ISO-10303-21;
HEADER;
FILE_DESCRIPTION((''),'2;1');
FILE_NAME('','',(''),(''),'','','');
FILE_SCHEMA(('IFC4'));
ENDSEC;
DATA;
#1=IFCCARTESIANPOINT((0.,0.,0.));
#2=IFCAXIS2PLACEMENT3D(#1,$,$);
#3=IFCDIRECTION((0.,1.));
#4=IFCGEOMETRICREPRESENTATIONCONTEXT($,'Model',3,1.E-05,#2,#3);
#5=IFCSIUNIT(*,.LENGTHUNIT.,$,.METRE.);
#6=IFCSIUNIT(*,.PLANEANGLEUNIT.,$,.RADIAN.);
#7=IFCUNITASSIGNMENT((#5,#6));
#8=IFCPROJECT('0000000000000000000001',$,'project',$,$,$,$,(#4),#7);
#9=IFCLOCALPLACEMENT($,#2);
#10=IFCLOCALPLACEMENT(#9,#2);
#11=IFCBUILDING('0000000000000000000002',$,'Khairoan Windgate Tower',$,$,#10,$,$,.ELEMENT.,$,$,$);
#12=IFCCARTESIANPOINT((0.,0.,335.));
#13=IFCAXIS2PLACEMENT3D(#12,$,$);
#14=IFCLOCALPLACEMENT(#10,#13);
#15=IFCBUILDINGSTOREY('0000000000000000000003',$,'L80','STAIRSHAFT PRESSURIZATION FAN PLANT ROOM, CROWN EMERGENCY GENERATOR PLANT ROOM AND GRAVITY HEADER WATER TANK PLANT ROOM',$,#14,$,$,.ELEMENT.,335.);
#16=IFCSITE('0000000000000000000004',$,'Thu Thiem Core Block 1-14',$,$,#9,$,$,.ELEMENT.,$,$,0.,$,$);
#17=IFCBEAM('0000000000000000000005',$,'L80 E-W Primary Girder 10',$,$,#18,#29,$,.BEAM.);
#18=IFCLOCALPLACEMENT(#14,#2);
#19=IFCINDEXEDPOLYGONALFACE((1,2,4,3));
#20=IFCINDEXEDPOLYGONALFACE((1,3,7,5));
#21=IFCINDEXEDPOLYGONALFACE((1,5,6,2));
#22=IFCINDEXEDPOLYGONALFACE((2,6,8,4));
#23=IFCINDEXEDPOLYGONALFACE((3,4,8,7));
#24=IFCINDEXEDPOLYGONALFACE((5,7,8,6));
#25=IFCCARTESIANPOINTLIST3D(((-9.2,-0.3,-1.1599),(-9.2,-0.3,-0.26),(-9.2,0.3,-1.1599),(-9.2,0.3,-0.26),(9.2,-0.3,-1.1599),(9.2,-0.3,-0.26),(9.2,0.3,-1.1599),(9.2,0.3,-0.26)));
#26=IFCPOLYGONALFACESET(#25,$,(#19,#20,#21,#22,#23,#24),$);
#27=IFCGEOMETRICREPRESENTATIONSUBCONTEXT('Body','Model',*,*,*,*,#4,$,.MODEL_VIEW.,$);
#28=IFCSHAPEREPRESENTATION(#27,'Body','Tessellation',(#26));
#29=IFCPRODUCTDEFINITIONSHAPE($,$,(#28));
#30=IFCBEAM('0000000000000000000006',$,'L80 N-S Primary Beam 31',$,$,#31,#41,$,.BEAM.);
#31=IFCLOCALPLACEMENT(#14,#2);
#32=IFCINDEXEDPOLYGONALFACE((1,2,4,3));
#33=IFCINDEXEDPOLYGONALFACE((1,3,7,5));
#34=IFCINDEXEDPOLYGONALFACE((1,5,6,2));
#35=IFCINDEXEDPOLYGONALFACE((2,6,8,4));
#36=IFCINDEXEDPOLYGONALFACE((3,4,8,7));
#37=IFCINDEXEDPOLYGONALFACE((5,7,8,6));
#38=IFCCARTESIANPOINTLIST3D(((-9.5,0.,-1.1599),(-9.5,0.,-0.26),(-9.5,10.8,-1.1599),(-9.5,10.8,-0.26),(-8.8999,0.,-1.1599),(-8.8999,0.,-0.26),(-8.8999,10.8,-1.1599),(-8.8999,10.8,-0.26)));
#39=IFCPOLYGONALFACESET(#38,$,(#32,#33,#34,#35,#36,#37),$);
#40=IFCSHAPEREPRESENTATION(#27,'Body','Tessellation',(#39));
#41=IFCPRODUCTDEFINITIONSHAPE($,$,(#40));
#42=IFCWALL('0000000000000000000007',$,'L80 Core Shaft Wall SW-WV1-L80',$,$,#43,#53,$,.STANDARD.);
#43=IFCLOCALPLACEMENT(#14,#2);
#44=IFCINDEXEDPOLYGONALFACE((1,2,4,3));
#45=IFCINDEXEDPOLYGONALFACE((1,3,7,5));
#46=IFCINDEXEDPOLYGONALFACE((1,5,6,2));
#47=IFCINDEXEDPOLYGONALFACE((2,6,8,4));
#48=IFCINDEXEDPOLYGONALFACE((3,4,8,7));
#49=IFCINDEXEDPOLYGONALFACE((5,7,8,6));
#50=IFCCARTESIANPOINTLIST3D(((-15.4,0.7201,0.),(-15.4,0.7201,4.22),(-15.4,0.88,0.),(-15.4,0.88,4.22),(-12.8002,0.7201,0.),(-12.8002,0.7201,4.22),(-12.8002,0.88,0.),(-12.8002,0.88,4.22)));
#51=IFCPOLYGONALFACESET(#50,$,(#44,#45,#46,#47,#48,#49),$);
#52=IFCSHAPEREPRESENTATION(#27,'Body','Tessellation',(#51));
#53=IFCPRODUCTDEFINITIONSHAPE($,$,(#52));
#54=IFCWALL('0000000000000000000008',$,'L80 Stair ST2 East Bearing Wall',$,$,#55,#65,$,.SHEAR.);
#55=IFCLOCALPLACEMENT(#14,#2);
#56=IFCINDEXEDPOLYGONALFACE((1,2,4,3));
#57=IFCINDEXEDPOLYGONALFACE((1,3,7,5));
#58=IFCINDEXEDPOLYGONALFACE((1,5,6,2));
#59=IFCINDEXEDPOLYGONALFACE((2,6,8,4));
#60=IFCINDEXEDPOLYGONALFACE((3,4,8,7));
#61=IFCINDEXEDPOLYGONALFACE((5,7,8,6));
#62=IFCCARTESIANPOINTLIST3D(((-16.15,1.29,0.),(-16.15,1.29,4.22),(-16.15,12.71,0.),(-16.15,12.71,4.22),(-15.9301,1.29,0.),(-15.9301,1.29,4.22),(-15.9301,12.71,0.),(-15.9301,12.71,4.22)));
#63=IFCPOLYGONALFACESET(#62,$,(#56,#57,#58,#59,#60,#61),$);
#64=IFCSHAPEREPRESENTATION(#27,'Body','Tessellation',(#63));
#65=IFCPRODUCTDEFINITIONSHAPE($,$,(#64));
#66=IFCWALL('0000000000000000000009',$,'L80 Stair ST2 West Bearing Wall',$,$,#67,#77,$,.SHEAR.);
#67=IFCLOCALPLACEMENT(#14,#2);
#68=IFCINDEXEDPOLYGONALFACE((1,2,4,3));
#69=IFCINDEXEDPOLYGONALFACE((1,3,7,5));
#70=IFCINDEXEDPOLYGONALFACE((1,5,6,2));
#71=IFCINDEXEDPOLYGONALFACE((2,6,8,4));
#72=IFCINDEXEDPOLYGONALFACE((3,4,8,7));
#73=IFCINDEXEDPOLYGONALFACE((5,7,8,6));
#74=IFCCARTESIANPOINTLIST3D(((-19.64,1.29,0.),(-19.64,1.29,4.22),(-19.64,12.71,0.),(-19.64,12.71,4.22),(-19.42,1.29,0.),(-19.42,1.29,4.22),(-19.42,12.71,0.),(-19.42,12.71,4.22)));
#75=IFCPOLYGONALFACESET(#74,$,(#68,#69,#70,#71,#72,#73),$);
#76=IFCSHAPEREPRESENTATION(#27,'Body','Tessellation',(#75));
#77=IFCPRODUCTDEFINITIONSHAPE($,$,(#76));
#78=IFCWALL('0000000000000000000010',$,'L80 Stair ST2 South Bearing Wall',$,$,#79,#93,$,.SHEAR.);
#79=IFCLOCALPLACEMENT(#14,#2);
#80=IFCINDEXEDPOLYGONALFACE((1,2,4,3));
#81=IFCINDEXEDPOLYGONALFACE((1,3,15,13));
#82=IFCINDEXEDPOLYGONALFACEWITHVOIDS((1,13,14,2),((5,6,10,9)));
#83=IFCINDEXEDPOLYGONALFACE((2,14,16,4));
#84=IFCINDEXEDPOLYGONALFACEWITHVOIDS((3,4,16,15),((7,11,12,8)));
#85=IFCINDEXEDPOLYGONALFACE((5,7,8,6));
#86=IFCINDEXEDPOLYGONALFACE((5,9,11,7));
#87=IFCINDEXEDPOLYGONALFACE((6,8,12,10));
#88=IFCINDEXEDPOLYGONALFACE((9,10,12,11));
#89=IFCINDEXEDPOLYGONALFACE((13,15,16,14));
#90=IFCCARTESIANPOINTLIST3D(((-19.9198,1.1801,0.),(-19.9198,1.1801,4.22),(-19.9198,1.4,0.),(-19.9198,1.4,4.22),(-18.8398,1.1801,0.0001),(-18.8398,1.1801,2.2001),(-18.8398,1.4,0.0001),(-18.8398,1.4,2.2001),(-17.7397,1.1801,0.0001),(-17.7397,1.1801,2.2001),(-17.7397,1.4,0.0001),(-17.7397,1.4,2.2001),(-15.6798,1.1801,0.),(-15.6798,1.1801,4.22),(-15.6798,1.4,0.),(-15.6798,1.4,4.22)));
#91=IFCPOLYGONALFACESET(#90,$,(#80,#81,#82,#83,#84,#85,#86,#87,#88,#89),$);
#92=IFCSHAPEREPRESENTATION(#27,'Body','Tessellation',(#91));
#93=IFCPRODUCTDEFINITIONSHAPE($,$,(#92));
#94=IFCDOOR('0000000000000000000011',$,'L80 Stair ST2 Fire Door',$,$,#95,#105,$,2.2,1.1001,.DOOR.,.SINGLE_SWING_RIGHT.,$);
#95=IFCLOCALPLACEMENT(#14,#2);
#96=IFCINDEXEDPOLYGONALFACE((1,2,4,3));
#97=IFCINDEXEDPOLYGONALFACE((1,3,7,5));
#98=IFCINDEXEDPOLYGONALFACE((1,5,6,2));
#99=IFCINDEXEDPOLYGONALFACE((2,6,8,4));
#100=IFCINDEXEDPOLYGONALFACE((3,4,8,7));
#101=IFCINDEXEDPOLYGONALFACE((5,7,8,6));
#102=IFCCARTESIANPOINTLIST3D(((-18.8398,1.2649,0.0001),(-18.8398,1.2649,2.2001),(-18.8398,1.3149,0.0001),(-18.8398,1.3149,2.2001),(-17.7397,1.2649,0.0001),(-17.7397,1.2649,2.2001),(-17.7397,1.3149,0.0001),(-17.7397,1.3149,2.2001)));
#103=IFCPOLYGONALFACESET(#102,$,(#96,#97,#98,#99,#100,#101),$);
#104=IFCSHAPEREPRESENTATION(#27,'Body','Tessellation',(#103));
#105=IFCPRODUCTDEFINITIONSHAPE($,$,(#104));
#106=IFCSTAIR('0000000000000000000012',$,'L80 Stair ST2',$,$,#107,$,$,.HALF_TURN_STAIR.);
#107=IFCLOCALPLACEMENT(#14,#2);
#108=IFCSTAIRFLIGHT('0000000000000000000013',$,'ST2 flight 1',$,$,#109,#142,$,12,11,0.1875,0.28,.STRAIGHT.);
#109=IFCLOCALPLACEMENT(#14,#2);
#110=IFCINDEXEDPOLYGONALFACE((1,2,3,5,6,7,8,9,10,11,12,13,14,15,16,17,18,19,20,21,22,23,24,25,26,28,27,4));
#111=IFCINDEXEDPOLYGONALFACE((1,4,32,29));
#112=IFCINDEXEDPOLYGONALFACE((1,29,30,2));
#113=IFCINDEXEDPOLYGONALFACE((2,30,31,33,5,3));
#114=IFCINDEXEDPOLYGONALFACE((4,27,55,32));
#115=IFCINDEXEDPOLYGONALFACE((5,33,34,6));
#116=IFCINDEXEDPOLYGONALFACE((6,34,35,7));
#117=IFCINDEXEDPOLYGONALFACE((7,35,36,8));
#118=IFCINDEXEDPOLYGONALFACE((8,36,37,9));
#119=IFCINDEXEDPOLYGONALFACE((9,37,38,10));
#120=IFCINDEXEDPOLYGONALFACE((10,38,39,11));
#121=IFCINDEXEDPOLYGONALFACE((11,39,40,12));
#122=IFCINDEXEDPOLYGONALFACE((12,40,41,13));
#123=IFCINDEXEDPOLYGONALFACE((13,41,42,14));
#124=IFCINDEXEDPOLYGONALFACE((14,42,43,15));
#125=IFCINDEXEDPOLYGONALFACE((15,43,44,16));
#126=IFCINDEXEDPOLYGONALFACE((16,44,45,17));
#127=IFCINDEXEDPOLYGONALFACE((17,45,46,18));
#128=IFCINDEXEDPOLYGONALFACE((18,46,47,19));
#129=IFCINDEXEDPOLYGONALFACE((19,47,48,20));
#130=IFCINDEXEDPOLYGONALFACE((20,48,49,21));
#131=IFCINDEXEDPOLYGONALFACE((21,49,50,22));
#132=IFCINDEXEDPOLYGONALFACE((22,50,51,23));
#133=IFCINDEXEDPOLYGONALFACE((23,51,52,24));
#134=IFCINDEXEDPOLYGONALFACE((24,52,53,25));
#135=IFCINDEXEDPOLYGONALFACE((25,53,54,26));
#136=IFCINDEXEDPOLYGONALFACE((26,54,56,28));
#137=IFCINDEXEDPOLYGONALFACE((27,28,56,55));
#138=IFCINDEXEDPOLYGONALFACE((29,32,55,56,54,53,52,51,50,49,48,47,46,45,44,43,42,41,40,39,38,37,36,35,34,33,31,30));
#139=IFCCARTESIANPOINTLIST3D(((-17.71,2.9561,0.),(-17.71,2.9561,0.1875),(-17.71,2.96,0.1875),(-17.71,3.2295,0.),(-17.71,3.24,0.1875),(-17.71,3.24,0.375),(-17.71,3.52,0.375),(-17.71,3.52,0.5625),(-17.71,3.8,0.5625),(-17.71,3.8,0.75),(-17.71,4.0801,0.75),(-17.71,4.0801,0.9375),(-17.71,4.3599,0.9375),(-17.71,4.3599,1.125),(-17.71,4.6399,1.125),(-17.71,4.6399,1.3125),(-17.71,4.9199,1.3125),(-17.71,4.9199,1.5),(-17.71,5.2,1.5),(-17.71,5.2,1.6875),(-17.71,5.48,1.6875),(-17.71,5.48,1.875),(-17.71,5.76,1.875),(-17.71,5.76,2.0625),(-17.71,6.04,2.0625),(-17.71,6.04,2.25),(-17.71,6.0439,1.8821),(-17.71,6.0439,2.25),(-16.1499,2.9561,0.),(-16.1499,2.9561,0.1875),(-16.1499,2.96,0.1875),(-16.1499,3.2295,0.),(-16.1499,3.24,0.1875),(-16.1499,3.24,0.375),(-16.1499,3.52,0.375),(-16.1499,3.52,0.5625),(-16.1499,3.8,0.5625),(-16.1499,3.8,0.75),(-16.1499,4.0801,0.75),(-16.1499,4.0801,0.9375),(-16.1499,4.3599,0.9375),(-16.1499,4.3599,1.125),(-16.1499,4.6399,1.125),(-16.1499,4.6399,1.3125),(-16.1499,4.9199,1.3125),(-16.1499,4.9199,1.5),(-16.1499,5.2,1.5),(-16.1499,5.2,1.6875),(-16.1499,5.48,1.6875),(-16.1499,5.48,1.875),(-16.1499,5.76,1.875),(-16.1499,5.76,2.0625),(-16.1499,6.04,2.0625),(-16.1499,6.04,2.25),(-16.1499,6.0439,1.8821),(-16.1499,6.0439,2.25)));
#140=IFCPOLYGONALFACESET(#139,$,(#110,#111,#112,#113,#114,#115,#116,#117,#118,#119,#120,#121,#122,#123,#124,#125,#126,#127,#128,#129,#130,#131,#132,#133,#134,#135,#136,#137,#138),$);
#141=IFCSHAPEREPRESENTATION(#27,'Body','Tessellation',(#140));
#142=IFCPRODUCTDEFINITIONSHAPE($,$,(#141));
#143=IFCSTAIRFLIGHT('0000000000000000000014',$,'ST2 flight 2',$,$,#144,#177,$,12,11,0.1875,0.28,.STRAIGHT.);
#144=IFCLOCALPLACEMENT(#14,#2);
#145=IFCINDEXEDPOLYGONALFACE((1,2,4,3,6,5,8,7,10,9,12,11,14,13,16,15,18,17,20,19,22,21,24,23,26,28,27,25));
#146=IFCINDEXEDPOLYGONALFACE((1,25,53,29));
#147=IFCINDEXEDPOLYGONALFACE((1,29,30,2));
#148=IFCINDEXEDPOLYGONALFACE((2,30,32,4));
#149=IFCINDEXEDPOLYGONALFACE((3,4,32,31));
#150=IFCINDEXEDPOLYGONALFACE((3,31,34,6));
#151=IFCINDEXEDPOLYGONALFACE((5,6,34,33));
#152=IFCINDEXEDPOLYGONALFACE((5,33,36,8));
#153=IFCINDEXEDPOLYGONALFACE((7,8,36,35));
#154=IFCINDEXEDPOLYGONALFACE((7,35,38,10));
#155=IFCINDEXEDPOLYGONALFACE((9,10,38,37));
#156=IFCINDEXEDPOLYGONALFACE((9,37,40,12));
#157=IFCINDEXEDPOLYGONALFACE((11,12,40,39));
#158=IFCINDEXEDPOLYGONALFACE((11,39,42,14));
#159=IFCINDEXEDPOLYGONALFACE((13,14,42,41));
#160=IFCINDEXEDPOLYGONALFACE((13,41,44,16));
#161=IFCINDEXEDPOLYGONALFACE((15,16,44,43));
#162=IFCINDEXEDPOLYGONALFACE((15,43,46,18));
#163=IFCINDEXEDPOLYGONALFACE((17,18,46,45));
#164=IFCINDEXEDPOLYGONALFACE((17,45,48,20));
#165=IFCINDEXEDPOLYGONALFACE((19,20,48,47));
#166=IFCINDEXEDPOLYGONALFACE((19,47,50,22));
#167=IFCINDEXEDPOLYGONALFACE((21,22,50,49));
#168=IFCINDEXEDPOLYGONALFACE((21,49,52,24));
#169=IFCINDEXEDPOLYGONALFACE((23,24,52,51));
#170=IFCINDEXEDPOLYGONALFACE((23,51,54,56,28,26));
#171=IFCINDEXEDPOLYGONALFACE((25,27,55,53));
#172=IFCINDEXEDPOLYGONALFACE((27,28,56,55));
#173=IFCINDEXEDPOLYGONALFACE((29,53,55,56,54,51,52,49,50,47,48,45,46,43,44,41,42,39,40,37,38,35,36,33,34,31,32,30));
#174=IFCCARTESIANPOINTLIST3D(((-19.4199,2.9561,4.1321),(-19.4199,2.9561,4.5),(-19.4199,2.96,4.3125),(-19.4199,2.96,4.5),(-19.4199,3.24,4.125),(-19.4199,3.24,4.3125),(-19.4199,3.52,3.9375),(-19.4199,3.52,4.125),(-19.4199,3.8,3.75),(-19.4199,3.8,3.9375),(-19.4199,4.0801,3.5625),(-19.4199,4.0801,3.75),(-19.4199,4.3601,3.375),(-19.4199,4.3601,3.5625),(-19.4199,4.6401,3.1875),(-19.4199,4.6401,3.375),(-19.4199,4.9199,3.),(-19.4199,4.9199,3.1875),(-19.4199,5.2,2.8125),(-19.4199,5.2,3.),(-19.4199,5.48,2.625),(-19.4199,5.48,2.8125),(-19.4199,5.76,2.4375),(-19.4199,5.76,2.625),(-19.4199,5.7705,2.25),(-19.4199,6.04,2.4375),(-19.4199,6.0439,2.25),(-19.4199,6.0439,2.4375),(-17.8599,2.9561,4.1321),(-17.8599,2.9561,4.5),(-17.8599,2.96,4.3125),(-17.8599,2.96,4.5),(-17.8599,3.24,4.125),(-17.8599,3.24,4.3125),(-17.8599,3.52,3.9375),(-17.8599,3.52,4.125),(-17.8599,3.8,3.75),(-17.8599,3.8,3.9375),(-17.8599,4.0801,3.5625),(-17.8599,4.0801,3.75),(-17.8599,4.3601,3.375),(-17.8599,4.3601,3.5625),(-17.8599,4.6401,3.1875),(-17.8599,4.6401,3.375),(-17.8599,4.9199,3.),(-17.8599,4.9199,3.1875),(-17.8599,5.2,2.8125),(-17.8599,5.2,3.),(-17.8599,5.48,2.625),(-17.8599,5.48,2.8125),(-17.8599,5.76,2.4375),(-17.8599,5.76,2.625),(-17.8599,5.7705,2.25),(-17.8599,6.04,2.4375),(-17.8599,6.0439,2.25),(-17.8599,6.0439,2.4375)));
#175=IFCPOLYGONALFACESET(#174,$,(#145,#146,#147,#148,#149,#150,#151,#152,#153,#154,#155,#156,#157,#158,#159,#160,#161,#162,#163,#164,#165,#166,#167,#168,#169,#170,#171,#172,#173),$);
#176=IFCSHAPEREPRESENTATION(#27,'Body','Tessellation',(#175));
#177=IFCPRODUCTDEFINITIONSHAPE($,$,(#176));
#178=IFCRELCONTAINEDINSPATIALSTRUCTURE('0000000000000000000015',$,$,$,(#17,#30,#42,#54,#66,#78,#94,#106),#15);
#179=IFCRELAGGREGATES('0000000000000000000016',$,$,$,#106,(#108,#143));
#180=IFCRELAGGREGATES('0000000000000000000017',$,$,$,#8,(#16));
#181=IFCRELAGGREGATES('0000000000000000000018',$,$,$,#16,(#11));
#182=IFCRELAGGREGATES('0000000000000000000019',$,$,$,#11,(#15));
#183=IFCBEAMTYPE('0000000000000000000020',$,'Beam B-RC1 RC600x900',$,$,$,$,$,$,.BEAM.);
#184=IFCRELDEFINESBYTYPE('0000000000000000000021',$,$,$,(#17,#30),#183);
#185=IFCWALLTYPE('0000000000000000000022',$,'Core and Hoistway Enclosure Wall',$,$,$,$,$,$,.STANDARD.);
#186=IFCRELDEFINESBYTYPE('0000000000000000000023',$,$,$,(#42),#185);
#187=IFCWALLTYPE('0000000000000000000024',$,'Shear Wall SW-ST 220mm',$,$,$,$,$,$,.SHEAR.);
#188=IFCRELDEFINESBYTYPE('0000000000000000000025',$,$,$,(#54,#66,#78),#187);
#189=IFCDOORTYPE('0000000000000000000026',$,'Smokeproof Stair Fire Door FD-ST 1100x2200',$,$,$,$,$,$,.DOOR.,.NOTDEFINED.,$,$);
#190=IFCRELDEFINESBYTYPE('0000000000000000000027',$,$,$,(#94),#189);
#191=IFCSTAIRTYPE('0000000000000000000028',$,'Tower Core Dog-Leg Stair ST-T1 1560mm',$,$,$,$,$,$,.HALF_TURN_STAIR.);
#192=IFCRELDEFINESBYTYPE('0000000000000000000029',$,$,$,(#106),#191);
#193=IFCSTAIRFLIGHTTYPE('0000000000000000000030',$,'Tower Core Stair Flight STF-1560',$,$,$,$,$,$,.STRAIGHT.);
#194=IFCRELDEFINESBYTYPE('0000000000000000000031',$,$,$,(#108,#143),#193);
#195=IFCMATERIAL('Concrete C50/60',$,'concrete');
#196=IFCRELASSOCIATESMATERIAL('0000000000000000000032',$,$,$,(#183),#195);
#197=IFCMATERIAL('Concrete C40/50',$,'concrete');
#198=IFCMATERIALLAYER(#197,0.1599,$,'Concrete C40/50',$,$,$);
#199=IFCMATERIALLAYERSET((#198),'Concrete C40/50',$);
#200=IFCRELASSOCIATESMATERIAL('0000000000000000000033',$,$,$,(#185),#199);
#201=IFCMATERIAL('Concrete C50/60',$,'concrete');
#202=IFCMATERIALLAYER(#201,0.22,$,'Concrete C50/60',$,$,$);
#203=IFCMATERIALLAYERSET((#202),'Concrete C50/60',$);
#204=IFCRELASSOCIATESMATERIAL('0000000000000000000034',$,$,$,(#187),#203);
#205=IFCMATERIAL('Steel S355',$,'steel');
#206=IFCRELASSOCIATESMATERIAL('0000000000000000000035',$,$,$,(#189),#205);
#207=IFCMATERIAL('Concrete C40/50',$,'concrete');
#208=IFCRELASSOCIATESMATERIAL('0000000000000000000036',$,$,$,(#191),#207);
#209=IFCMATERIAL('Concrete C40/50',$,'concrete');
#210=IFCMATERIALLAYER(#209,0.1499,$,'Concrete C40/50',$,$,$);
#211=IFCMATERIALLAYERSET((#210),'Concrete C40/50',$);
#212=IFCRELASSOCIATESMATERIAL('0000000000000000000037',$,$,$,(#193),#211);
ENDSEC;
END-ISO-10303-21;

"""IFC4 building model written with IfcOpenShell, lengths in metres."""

from ifc_helpers import new_model, si_unit, direction, frame, frame_2d, origin, origin_2d, place, context, subcontext, project, spatial, polyline, rectangle, outline, extrude, material, layer, layer_set, material_profile, profile_set, type_object, element, fill, aggregate, save


model = new_model("IFC4")

# Units and contexts
model_context = context("Model", 3, precision=1e-05, world=origin(), true_north=direction((0.0, 1.0)))
body_context = subcontext(model_context, "Body", "Model", "MODEL_VIEW")
ifc_project = project(units=[si_unit("LENGTHUNIT", "METRE"), si_unit("PLANEANGLEUNIT", "RADIAN")], contexts=[model_context])

# Site, building, storey
site_placement = place(None, origin())
site = spatial("IfcSite", under=ifc_project, at=site_placement, Name="Thu Thiem Core Block 1-14", CompositionType="ELEMENT", RefElevation=0.0)
building_placement = place(site_placement, origin())
building = spatial("IfcBuilding", under=site, at=building_placement, Name="Khairoan Windgate Tower", CompositionType="ELEMENT")
storey_placement = place(building_placement, frame((0.0, 0.0, 335.0)))
storey = spatial("IfcBuildingStorey", under=building, at=storey_placement, Name="L80", Description="STAIRSHAFT PRESSURIZATION FAN PLANT ROOM, CROWN EMERGENCY GENERATOR PLANT ROOM AND GRAVITY HEADER WATER TANK PLANT ROOM", CompositionType="ELEMENT", Elevation=335.0)

# Beams
ifc_material_1 = material(Name="Concrete C50/60", Category="concrete")
ifc_material_profile = material_profile(ifc_material_1, rectangle(XDim=0.6001, YDim=0.8999, at=origin_2d()))
ifc_profile_set = profile_set([ifc_material_profile], Name="Concrete C50/60")
beam_type = type_object("IfcBeamType", Name="Beam B-RC1 RC600x900", PredefinedType="BEAM", material=ifc_profile_set)
beam_1_placement = place(storey_placement, frame((-9.2, 0.0, -0.71), z_axis=(1.0, 0.0, 0.0), x_axis=(0.0, 1.0, 0.0)))
element("IfcBeam", 1, at=beam_1_placement, inside=storey, type_object=beam_type, Name="L80 E-W Primary Girder 10", PredefinedType="BEAM", context=body_context, shape_type="SweptSolid", body=[
    extrude(rectangle(XDim=0.6001, YDim=0.8999, at=origin_2d()), origin(), (0.0, 0.0, 1.0), 18.3999),
])
beam_2_placement = place(storey_placement, frame((-9.2, 0.0, -0.71), z_axis=(0.0, 1.0, 0.0), x_axis=(-1.0, 0.0, 0.0)))
element("IfcBeam", 2, at=beam_2_placement, inside=storey, type_object=beam_type, Name="L80 N-S Primary Beam 31", PredefinedType="BEAM", context=body_context, shape_type="SweptSolid", body=[
    extrude(rectangle(XDim=0.6001, YDim=0.8999, at=origin_2d()), origin(), (0.0, 0.0, 1.0), 10.8),
])

# Walls
ifc_material_2 = material(Name="Concrete C40/50", Category="concrete")
ifc_layer_1 = layer(ifc_material_2, 0.1599, Name="Concrete C40/50")
ifc_layer_set_1 = layer_set([ifc_layer_1], Name="Concrete C40/50")
wall_type_1 = type_object("IfcWallType", Name="Core and Hoistway Enclosure Wall", PredefinedType="STANDARD", material=ifc_layer_set_1)
wall_1_placement = place(storey_placement, frame((-15.3999, 0.8, 0.0), z_axis=(0.0, 0.0, 1.0), x_axis=(1.0, 0.0, 0.0)))
element("IfcWall", 3, at=wall_1_placement, inside=storey, type_object=wall_type_1, Name="L80 Core Shaft Wall SW-WV1-L80", PredefinedType="STANDARD", context=body_context, shape_type="SweptSolid", body=[
    extrude(rectangle(XDim=2.5999, YDim=0.1599, at=frame_2d((1.2998, 0.0))), origin(), (0.0, 0.0, 1.0), 4.22),
])
ifc_material_3 = material(Name="Concrete C50/60", Category="concrete")
ifc_layer_2 = layer(ifc_material_3, 0.22, Name="Concrete C50/60")
ifc_layer_set_2 = layer_set([ifc_layer_2], Name="Concrete C50/60")
wall_type_2 = type_object("IfcWallType", Name="Shear Wall SW-ST 220mm", PredefinedType="SHEAR", material=ifc_layer_set_2)
for number, where, z_axis, x_axis, name in (
    (4, (-16.04, 1.29, 0.0), (0.0, 0.0, 1.0), (0.0, 1.0, 0.0), "L80 Stair ST2 East Bearing Wall"),
    (5, (-19.53, 1.29, 0.0), (0.0, 0.0, 1.0), (0.0, 1.0, 0.0), "L80 Stair ST2 West Bearing Wall"),
):
    element("IfcWall", number, at=place(storey_placement, frame(where, z_axis=z_axis, x_axis=x_axis)), inside=storey, type_object=wall_type_2, Name=name, PredefinedType="SHEAR", context=body_context, shape_type="SweptSolid", body=[
        extrude(rectangle(XDim=11.4199, YDim=0.22, at=frame_2d((5.71, 0.0))), origin(), (0.0, 0.0, 1.0), 4.22),
    ])

# Wall, opening, door
wall_2_placement = place(storey_placement, frame((-19.9199, 1.29, 0.0), z_axis=(0.0, 0.0, 1.0), x_axis=(1.0, 0.0, 0.0)))
wall_2 = element("IfcWall", 6, at=wall_2_placement, inside=storey, type_object=wall_type_2, Name="L80 Stair ST2 South Bearing Wall", PredefinedType="SHEAR", context=body_context, shape_type="SweptSolid", body=[
    extrude(rectangle(XDim=4.24, YDim=0.22, at=frame_2d((2.1201, 0.0))), origin(), (0.0, 0.0, 1.0), 4.22),
])
opening_placement = place(wall_2_placement, frame((1.0801, 0.0, 0.0)))
opening = element("IfcOpeningElement", 7, at=opening_placement, cuts=wall_2, PredefinedType="OPENING", context=body_context, shape_type="SweptSolid", body=[
    extrude(rectangle(XDim=1.1001, YDim=2.2, at=frame_2d((0.55, 1.1001))), frame((0.0, 0.1199, 0.0), z_axis=(0.0, -1.0, 0.0), x_axis=(1.0, 0.0, 0.0)), (0.0, 0.0, 1.0), 0.24),
])
ifc_material_4 = material(Name="Steel S355", Category="steel")
door_type = type_object("IfcDoorType", Name="Smokeproof Stair Fire Door FD-ST 1100x2200", OperationType="NOTDEFINED", PredefinedType="DOOR", material=ifc_material_4)
door_placement = place(opening_placement, origin())
door = element("IfcDoor", 8, at=door_placement, inside=storey, type_object=door_type, Name="L80 Stair ST2 Fire Door", OperationType="SINGLE_SWING_RIGHT", OverallHeight=2.2, OverallWidth=1.1001, PredefinedType="DOOR", context=body_context, shape_type="SweptSolid", body=[
    extrude(rectangle(XDim=1.1001, YDim=2.2, at=frame_2d((0.55, 1.1001))), frame((0.0, 0.0249, 0.0), z_axis=(0.0, -1.0, 0.0), x_axis=(1.0, 0.0, 0.0)), (0.0, 0.0, 1.0), 0.05),
])
fill(opening, door)

# Stair, stair flights
ifc_material_5 = material(Name="Concrete C40/50", Category="concrete")
stair_type = type_object("IfcStairType", Name="Tower Core Dog-Leg Stair ST-T1 1560mm", PredefinedType="HALF_TURN_STAIR", material=ifc_material_5)
stair_placement = place(storey_placement, origin())
stair = element("IfcStair", 9, at=stair_placement, inside=storey, type_object=stair_type, Name="L80 Stair ST2", PredefinedType="HALF_TURN_STAIR")
ifc_material_6 = material(Name="Concrete C40/50", Category="concrete")
ifc_layer_3 = layer(ifc_material_6, 0.1499, Name="Concrete C40/50")
ifc_layer_set_3 = layer_set([ifc_layer_3], Name="Concrete C40/50")
stair_flight_type = type_object("IfcStairFlightType", Name="Tower Core Stair Flight STF-1560", PredefinedType="STRAIGHT", material=ifc_layer_set_3)
stair_flight_1_placement = place(storey_placement, frame((-16.9299, 2.96, 0.0), z_axis=(0.0, 0.0, 1.0), x_axis=(0.0, 1.0, 0.0)))
stair_flight_1 = element("IfcStairFlight", 10, at=stair_flight_1_placement, type_object=stair_flight_type, Name="ST2 flight 1", NumberOfRisers=12, NumberOfTreads=11, PredefinedType="STRAIGHT", RiserHeight=0.1875, TreadLength=0.28, context=body_context, shape_type="SweptSolid", body=[
    extrude(outline(polyline([(-0.0039, 0.0), (-0.0039, 0.1875), (0.0, 0.1875), (0.28, 0.1875), (0.28, 0.375), (0.5601, 0.375), (0.5601, 0.5625), (0.8401, 0.5625), (0.8401, 0.75), (1.1201, 0.75), (1.1201, 0.9375), (1.3999, 0.9375), (1.3999, 1.125), (1.6799, 1.125), (1.6799, 1.3125), (1.96, 1.3125), (1.96, 1.5), (2.24, 1.5), (2.24, 1.6875), (2.52, 1.6875), (2.52, 1.875), (2.8, 1.875), (2.8, 2.0625), (3.0801, 2.0625), (3.0801, 2.25), (3.084, 2.25), (3.084, 1.8821), (0.2695, 0.0), (-0.0039, 0.0)])), frame((0.0, 0.78, 0.0), z_axis=(0.0, -1.0, 0.0), x_axis=(1.0, 0.0, 0.0)), (0.0, 0.0, 1.0), 1.5601),
])
stair_flight_2_placement = place(storey_placement, frame((-18.6399, 6.04, 2.25), z_axis=(0.0, 0.0, 1.0), x_axis=(0.0, -1.0, 0.0)))
stair_flight_2 = element("IfcStairFlight", 11, at=stair_flight_2_placement, type_object=stair_flight_type, Name="ST2 flight 2", NumberOfRisers=12, NumberOfTreads=11, PredefinedType="STRAIGHT", RiserHeight=0.1875, TreadLength=0.28, context=body_context, shape_type="SweptSolid", body=[
    extrude(outline(polyline([(-0.0039, 0.0), (-0.0039, 0.1875), (0.0, 0.1875), (0.28, 0.1875), (0.28, 0.375), (0.5601, 0.375), (0.5601, 0.5625), (0.8401, 0.5625), (0.8401, 0.75), (1.1201, 0.75), (1.1201, 0.9375), (1.3999, 0.9375), (1.3999, 1.125), (1.6799, 1.125), (1.6799, 1.3125), (1.96, 1.3125), (1.96, 1.5), (2.24, 1.5), (2.24, 1.6875), (2.52, 1.6875), (2.52, 1.875), (2.8, 1.875), (2.8, 2.0625), (3.0801, 2.0625), (3.0801, 2.25), (3.084, 2.25), (3.084, 1.8821), (0.2695, 0.0), (-0.0039, 0.0)])), frame((0.0, 0.78, 0.0), z_axis=(0.0, -1.0, 0.0), x_axis=(1.0, 0.0, 0.0)), (0.0, 0.0, 1.0), 1.5601),
])
aggregate(stair, [stair_flight_1, stair_flight_2])

save(model, "model.ifc")
